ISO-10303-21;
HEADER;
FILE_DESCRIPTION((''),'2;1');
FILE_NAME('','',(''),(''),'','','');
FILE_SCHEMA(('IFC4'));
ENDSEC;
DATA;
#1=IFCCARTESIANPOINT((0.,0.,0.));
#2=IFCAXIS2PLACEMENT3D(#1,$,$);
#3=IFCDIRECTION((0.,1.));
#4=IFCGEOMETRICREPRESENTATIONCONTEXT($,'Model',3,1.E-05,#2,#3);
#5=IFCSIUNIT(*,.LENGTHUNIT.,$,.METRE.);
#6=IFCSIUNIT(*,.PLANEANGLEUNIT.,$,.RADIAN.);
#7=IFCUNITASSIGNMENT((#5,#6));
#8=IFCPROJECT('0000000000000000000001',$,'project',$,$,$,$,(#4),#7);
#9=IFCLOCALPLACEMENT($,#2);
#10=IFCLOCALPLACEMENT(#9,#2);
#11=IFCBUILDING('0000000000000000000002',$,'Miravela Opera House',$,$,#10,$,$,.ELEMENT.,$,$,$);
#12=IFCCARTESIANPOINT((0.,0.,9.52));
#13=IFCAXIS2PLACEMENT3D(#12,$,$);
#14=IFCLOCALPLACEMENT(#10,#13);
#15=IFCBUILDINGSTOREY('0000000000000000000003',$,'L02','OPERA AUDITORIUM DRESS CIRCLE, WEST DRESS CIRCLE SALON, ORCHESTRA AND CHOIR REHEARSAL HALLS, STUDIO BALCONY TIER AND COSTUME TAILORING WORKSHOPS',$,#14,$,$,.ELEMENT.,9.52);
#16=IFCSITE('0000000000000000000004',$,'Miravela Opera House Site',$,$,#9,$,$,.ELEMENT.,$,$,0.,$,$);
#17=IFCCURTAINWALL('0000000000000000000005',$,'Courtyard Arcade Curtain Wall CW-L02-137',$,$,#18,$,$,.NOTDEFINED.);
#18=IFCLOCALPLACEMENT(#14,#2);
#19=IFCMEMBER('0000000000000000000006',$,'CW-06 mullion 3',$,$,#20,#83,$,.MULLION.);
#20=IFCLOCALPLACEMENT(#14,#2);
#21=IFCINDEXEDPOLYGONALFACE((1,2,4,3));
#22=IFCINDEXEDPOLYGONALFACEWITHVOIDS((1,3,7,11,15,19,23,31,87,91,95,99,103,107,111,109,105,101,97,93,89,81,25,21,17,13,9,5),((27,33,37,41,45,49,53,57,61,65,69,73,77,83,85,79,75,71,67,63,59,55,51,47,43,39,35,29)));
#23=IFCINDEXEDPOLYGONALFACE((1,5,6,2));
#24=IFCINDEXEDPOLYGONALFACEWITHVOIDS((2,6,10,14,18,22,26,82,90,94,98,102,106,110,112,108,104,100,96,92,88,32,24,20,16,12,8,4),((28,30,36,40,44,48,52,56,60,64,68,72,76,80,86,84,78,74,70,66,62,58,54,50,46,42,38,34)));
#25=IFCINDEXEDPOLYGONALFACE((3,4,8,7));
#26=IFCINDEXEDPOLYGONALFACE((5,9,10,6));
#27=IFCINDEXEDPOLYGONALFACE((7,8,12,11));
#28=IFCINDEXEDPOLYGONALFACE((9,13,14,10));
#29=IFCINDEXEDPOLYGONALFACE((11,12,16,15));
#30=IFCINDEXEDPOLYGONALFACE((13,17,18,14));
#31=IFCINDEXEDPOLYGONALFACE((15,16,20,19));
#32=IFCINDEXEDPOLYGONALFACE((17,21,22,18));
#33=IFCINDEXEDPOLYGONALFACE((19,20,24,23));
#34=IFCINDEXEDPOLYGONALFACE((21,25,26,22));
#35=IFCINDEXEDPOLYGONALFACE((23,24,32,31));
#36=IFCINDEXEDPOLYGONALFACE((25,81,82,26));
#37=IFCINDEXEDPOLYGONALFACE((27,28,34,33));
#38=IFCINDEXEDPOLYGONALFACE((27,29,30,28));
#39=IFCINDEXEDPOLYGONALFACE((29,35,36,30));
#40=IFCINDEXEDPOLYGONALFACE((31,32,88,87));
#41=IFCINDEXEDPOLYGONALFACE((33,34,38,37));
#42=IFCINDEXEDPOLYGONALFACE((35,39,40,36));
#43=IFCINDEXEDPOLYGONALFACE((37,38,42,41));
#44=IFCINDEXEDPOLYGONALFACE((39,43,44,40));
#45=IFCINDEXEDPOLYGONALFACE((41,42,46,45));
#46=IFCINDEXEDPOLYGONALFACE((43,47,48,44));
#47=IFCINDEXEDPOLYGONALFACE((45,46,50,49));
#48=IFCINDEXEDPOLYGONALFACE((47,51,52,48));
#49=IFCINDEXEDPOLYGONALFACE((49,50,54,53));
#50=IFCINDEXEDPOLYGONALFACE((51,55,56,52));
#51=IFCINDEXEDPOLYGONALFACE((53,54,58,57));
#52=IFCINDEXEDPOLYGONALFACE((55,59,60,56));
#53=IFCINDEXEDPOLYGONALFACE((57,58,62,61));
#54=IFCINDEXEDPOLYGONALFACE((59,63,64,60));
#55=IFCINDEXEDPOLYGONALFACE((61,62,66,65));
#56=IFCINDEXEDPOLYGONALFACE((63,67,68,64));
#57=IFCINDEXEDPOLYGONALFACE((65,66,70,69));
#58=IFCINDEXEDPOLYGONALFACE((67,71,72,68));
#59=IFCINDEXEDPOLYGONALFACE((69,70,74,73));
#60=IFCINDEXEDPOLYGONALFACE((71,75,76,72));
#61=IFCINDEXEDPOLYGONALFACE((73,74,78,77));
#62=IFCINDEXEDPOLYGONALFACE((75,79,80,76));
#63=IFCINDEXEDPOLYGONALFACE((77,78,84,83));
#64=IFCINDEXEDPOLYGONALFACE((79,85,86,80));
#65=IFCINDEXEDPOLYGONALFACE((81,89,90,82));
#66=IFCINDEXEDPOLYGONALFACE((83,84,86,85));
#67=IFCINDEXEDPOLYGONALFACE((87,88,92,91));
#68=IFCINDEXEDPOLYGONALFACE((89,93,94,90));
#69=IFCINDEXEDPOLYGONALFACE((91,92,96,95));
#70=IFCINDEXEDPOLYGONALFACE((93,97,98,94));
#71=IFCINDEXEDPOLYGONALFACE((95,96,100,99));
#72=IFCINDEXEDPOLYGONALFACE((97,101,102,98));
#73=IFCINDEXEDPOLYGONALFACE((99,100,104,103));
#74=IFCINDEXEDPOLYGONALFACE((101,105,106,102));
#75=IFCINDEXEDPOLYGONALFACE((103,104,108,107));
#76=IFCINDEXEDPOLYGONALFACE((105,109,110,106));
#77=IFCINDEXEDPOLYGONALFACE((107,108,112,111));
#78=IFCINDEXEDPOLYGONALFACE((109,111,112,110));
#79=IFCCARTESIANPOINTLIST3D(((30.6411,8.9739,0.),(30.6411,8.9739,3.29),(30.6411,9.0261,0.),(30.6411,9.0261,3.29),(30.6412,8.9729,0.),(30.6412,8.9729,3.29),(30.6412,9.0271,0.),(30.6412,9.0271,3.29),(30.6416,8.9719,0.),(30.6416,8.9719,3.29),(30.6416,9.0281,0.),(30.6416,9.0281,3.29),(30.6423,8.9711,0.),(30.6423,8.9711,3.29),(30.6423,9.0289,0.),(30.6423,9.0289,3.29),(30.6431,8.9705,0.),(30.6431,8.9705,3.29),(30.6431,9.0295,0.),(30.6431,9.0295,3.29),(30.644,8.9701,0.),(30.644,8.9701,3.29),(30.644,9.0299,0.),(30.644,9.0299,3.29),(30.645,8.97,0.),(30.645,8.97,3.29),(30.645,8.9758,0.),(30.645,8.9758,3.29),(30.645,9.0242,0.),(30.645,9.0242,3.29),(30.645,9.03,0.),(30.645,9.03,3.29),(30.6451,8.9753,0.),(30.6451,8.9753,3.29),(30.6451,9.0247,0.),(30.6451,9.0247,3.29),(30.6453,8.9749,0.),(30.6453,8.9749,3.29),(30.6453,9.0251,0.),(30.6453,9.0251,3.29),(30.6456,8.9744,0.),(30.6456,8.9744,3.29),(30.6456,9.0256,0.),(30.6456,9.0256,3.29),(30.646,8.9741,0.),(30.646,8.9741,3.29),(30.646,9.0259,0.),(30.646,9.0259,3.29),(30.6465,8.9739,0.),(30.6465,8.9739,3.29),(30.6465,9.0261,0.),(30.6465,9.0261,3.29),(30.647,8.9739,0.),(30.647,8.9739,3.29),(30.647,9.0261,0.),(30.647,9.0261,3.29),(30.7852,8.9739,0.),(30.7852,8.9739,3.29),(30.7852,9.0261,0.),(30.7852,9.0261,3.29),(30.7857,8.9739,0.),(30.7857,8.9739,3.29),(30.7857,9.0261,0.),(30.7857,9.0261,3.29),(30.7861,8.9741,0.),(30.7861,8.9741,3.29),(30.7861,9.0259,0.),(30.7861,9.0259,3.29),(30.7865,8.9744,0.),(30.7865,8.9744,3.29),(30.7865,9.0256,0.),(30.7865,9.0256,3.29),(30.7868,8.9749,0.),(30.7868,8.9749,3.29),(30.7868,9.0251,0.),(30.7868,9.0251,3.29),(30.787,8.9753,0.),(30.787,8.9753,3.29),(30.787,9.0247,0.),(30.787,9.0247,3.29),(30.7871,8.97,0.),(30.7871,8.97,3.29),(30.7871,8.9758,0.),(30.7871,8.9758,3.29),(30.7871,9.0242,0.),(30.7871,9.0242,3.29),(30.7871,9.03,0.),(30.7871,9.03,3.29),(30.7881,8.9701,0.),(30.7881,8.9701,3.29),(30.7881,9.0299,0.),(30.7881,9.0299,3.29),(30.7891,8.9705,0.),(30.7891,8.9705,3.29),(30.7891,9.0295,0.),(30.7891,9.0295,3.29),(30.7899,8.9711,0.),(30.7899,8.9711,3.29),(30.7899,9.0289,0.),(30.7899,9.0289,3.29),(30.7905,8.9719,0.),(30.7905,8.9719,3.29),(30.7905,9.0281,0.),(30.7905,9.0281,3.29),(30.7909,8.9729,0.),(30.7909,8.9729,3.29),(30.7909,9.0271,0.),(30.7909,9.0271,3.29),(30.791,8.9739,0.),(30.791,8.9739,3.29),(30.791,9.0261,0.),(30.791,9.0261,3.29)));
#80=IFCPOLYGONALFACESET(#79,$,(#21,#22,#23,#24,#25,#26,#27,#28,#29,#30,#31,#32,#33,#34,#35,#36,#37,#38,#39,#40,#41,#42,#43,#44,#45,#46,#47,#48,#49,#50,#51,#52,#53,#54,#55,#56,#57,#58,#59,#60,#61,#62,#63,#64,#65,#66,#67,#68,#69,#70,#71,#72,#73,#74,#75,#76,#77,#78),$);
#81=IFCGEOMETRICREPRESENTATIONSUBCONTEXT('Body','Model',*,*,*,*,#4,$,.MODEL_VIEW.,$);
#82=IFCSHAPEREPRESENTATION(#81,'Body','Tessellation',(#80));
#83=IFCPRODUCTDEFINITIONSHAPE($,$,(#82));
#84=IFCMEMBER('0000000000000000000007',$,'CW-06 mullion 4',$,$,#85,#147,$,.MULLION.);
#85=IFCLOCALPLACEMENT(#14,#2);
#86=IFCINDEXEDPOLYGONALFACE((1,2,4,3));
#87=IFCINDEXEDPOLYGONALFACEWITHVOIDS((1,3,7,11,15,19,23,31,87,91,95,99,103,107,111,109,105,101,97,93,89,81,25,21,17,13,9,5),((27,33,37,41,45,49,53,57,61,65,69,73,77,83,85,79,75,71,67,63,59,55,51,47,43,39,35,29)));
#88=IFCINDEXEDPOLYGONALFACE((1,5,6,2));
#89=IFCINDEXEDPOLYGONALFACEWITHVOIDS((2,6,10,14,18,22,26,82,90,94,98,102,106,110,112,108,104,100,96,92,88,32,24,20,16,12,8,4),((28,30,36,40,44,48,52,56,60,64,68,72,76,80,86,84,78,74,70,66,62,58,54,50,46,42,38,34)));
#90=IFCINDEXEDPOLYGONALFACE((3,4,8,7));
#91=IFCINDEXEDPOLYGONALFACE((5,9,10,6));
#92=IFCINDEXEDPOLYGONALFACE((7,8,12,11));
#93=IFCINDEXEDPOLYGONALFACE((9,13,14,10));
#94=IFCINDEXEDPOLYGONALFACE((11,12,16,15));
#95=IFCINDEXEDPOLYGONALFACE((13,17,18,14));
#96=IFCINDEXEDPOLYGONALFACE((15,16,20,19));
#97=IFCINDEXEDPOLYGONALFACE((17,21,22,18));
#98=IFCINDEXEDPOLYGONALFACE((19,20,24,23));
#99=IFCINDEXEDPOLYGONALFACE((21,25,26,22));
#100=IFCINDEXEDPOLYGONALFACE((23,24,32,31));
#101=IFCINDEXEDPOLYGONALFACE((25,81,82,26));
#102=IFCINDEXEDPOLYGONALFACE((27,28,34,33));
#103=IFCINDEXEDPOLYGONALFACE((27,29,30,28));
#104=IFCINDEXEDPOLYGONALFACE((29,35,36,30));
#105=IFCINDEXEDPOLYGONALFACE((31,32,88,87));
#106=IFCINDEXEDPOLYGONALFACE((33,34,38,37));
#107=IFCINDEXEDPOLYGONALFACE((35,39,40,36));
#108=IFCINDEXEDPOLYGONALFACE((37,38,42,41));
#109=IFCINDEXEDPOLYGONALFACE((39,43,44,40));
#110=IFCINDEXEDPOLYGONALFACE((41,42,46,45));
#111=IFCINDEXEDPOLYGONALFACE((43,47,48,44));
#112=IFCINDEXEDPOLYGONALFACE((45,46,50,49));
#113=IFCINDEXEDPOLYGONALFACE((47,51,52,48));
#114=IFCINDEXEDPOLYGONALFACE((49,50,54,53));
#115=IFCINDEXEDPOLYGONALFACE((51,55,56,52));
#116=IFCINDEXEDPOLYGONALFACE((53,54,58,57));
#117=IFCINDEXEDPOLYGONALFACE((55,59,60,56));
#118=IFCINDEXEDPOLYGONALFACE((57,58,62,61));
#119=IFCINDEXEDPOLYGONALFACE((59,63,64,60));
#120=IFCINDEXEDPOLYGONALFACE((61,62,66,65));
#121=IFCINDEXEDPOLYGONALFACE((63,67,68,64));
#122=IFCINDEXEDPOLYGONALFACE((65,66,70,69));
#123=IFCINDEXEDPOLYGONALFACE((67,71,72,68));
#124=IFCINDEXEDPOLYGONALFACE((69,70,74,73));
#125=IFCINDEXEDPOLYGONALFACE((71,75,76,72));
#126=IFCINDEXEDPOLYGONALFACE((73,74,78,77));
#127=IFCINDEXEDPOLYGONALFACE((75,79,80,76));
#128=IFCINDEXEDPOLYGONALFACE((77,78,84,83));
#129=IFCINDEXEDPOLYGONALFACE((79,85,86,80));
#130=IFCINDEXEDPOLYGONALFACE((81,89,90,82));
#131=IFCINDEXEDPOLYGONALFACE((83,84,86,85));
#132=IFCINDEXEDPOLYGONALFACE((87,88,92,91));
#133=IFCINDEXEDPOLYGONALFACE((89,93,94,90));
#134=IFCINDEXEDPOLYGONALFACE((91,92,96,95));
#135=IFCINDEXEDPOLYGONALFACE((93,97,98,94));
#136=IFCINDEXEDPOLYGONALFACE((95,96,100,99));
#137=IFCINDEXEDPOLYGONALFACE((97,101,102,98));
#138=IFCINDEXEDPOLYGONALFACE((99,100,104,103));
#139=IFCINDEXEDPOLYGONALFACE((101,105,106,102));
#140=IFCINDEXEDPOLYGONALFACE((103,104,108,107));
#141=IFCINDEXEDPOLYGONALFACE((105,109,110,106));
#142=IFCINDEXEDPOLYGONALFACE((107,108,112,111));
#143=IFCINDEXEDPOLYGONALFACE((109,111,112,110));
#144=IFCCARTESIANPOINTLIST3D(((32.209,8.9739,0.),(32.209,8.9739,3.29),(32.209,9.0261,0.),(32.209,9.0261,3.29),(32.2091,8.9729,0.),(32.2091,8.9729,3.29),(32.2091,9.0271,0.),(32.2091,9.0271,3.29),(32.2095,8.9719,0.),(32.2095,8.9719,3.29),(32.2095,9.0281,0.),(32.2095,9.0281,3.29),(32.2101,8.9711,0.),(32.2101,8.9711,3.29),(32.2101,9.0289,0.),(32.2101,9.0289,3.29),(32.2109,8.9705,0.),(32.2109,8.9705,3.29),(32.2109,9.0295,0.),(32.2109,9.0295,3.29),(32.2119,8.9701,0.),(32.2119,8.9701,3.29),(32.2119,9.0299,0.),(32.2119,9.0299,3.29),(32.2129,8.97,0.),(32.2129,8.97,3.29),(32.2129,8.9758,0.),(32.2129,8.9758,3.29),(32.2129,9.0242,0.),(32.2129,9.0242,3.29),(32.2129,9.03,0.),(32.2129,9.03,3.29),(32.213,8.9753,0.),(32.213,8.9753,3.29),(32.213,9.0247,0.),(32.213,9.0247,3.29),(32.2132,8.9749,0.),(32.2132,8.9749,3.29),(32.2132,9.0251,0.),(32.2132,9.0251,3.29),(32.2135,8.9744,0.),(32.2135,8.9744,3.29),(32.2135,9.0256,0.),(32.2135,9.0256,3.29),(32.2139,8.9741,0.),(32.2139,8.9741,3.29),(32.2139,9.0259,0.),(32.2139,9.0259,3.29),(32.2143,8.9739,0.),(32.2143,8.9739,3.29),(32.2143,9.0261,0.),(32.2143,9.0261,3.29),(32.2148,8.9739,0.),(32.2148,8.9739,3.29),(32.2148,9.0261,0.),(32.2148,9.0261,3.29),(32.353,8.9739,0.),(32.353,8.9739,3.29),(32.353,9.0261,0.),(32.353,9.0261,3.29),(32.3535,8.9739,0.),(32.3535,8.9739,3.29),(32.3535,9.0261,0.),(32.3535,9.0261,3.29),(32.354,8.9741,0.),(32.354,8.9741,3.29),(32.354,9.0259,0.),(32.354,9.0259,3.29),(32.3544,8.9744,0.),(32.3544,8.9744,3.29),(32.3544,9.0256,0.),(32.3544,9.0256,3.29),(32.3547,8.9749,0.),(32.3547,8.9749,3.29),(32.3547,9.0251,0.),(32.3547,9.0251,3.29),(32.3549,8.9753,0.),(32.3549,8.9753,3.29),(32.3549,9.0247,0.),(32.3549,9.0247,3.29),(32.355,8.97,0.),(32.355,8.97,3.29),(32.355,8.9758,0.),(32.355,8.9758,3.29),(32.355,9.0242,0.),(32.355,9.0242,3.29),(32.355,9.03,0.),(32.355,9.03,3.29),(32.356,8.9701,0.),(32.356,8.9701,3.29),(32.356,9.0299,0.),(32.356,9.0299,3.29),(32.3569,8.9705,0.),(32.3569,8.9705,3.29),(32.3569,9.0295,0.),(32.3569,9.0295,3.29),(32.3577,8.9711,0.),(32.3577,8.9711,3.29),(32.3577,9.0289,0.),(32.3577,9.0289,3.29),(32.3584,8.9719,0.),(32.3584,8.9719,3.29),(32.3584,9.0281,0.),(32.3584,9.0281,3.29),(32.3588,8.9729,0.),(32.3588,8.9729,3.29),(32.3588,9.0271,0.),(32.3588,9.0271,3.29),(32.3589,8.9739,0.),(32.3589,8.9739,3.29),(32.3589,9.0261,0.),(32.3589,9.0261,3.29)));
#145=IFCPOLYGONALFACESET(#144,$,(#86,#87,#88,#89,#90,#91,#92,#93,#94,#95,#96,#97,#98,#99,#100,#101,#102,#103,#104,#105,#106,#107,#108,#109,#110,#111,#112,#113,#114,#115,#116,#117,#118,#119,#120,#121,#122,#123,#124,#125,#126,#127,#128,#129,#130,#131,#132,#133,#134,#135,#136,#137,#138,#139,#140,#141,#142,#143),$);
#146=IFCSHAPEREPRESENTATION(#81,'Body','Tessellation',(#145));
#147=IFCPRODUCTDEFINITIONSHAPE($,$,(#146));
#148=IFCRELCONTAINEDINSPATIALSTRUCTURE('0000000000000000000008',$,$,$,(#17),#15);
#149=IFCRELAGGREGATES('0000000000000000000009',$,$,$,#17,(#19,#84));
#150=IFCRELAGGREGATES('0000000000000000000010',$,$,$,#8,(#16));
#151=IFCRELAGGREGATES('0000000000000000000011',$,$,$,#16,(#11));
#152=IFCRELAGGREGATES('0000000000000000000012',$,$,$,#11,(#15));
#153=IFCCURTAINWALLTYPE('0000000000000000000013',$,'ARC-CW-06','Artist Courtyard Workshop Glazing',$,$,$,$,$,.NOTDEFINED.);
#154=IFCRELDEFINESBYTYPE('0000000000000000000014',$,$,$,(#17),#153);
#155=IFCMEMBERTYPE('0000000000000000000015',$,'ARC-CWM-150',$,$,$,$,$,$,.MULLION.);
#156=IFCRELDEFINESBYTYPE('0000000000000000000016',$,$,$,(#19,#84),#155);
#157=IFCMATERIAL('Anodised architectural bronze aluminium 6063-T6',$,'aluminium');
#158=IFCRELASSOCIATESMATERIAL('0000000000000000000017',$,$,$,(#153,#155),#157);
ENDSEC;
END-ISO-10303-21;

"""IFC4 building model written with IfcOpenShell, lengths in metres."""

from ifc_helpers import new_model, si_unit, direction, frame, origin, origin_2d, place, context, subcontext, project, spatial, hollow_rectangle, extrude, material, material_profile, profile_set, type_object, element, aggregate, save


model = new_model("IFC4")

# Units and contexts
model_context = context("Model", 3, precision=1e-05, world=origin(), true_north=direction((0.0, 1.0)))
body_context = subcontext(model_context, "Body", "Model", "MODEL_VIEW")
ifc_project = project(units=[si_unit("LENGTHUNIT", "METRE"), si_unit("PLANEANGLEUNIT", "RADIAN")], contexts=[model_context])

# Site, building, storey
site_placement = place(None, origin())
site = spatial("IfcSite", under=ifc_project, at=site_placement, Name="Miravela Opera House Site", CompositionType="ELEMENT", RefElevation=0.0)
building_placement = place(site_placement, origin())
building = spatial("IfcBuilding", under=site, at=building_placement, Name="Miravela Opera House", CompositionType="ELEMENT")
storey_placement = place(building_placement, frame((0.0, 0.0, 9.52)))
storey = spatial("IfcBuildingStorey", under=building, at=storey_placement, Name="L02", Description="OPERA AUDITORIUM DRESS CIRCLE, WEST DRESS CIRCLE SALON, ORCHESTRA AND CHOIR REHEARSAL HALLS, STUDIO BALCONY TIER AND COSTUME TAILORING WORKSHOPS", CompositionType="ELEMENT", Elevation=9.52)

# Curtain wall, members
ifc_material_1 = material(Name="Anodised architectural bronze aluminium 6063-T6", Category="aluminium")
curtain_wall_type = type_object("IfcCurtainWallType", Name="ARC-CW-06", Description="Artist Courtyard Workshop Glazing", PredefinedType="NOTDEFINED", material=ifc_material_1)
curtain_wall_placement = place(storey_placement, origin())
curtain_wall = element("IfcCurtainWall", 1, at=curtain_wall_placement, inside=storey, type_object=curtain_wall_type, Name="Courtyard Arcade Curtain Wall CW-L02-137", PredefinedType="NOTDEFINED")
ifc_material_profile_1 = material_profile(ifc_material_1, hollow_rectangle(XDim=0.0601, YDim=0.1499, WallThickness=0.0039, InnerFilletRadius=0.002, OuterFilletRadius=0.0039, at=origin_2d()), Name="CWM-60X150")
ifc_profile_set_1 = profile_set([ifc_material_profile_1])
member_type_1 = type_object("IfcMemberType", Name="ARC-CWM-150", PredefinedType="MULLION", material=ifc_profile_set_1)
member_1_placement = place(storey_placement, frame((30.7161, 9.0, 0.0), z_axis=(0.0, 0.0, 1.0), x_axis=(0.0, 1.0, 0.0)))
member_1 = element("IfcMember", 2, at=member_1_placement, type_object=member_type_1, Name="CW-06 mullion 3", PredefinedType="MULLION", context=body_context, shape_type="SweptSolid", body=[
    extrude(hollow_rectangle(XDim=0.0601, YDim=0.1499, WallThickness=0.0039, InnerFilletRadius=0.002, OuterFilletRadius=0.0039, at=origin_2d()), origin(), (0.0, 0.0, 1.0), 3.29),
])
member_2_placement = place(storey_placement, frame((32.2839, 9.0, 0.0), z_axis=(0.0, 0.0, 1.0), x_axis=(0.0, 1.0, 0.0)))
member_2 = element("IfcMember", 3, at=member_2_placement, type_object=member_type_1, Name="CW-06 mullion 4", PredefinedType="MULLION", context=body_context, shape_type="SweptSolid", body=[
    extrude(hollow_rectangle(XDim=0.0601, YDim=0.1499, WallThickness=0.0039, InnerFilletRadius=0.002, OuterFilletRadius=0.0039, at=origin_2d()), origin(), (0.0, 0.0, 1.0), 3.29),
])
aggregate(curtain_wall, [member_1, member_2])

save(model, "model.ifc")
